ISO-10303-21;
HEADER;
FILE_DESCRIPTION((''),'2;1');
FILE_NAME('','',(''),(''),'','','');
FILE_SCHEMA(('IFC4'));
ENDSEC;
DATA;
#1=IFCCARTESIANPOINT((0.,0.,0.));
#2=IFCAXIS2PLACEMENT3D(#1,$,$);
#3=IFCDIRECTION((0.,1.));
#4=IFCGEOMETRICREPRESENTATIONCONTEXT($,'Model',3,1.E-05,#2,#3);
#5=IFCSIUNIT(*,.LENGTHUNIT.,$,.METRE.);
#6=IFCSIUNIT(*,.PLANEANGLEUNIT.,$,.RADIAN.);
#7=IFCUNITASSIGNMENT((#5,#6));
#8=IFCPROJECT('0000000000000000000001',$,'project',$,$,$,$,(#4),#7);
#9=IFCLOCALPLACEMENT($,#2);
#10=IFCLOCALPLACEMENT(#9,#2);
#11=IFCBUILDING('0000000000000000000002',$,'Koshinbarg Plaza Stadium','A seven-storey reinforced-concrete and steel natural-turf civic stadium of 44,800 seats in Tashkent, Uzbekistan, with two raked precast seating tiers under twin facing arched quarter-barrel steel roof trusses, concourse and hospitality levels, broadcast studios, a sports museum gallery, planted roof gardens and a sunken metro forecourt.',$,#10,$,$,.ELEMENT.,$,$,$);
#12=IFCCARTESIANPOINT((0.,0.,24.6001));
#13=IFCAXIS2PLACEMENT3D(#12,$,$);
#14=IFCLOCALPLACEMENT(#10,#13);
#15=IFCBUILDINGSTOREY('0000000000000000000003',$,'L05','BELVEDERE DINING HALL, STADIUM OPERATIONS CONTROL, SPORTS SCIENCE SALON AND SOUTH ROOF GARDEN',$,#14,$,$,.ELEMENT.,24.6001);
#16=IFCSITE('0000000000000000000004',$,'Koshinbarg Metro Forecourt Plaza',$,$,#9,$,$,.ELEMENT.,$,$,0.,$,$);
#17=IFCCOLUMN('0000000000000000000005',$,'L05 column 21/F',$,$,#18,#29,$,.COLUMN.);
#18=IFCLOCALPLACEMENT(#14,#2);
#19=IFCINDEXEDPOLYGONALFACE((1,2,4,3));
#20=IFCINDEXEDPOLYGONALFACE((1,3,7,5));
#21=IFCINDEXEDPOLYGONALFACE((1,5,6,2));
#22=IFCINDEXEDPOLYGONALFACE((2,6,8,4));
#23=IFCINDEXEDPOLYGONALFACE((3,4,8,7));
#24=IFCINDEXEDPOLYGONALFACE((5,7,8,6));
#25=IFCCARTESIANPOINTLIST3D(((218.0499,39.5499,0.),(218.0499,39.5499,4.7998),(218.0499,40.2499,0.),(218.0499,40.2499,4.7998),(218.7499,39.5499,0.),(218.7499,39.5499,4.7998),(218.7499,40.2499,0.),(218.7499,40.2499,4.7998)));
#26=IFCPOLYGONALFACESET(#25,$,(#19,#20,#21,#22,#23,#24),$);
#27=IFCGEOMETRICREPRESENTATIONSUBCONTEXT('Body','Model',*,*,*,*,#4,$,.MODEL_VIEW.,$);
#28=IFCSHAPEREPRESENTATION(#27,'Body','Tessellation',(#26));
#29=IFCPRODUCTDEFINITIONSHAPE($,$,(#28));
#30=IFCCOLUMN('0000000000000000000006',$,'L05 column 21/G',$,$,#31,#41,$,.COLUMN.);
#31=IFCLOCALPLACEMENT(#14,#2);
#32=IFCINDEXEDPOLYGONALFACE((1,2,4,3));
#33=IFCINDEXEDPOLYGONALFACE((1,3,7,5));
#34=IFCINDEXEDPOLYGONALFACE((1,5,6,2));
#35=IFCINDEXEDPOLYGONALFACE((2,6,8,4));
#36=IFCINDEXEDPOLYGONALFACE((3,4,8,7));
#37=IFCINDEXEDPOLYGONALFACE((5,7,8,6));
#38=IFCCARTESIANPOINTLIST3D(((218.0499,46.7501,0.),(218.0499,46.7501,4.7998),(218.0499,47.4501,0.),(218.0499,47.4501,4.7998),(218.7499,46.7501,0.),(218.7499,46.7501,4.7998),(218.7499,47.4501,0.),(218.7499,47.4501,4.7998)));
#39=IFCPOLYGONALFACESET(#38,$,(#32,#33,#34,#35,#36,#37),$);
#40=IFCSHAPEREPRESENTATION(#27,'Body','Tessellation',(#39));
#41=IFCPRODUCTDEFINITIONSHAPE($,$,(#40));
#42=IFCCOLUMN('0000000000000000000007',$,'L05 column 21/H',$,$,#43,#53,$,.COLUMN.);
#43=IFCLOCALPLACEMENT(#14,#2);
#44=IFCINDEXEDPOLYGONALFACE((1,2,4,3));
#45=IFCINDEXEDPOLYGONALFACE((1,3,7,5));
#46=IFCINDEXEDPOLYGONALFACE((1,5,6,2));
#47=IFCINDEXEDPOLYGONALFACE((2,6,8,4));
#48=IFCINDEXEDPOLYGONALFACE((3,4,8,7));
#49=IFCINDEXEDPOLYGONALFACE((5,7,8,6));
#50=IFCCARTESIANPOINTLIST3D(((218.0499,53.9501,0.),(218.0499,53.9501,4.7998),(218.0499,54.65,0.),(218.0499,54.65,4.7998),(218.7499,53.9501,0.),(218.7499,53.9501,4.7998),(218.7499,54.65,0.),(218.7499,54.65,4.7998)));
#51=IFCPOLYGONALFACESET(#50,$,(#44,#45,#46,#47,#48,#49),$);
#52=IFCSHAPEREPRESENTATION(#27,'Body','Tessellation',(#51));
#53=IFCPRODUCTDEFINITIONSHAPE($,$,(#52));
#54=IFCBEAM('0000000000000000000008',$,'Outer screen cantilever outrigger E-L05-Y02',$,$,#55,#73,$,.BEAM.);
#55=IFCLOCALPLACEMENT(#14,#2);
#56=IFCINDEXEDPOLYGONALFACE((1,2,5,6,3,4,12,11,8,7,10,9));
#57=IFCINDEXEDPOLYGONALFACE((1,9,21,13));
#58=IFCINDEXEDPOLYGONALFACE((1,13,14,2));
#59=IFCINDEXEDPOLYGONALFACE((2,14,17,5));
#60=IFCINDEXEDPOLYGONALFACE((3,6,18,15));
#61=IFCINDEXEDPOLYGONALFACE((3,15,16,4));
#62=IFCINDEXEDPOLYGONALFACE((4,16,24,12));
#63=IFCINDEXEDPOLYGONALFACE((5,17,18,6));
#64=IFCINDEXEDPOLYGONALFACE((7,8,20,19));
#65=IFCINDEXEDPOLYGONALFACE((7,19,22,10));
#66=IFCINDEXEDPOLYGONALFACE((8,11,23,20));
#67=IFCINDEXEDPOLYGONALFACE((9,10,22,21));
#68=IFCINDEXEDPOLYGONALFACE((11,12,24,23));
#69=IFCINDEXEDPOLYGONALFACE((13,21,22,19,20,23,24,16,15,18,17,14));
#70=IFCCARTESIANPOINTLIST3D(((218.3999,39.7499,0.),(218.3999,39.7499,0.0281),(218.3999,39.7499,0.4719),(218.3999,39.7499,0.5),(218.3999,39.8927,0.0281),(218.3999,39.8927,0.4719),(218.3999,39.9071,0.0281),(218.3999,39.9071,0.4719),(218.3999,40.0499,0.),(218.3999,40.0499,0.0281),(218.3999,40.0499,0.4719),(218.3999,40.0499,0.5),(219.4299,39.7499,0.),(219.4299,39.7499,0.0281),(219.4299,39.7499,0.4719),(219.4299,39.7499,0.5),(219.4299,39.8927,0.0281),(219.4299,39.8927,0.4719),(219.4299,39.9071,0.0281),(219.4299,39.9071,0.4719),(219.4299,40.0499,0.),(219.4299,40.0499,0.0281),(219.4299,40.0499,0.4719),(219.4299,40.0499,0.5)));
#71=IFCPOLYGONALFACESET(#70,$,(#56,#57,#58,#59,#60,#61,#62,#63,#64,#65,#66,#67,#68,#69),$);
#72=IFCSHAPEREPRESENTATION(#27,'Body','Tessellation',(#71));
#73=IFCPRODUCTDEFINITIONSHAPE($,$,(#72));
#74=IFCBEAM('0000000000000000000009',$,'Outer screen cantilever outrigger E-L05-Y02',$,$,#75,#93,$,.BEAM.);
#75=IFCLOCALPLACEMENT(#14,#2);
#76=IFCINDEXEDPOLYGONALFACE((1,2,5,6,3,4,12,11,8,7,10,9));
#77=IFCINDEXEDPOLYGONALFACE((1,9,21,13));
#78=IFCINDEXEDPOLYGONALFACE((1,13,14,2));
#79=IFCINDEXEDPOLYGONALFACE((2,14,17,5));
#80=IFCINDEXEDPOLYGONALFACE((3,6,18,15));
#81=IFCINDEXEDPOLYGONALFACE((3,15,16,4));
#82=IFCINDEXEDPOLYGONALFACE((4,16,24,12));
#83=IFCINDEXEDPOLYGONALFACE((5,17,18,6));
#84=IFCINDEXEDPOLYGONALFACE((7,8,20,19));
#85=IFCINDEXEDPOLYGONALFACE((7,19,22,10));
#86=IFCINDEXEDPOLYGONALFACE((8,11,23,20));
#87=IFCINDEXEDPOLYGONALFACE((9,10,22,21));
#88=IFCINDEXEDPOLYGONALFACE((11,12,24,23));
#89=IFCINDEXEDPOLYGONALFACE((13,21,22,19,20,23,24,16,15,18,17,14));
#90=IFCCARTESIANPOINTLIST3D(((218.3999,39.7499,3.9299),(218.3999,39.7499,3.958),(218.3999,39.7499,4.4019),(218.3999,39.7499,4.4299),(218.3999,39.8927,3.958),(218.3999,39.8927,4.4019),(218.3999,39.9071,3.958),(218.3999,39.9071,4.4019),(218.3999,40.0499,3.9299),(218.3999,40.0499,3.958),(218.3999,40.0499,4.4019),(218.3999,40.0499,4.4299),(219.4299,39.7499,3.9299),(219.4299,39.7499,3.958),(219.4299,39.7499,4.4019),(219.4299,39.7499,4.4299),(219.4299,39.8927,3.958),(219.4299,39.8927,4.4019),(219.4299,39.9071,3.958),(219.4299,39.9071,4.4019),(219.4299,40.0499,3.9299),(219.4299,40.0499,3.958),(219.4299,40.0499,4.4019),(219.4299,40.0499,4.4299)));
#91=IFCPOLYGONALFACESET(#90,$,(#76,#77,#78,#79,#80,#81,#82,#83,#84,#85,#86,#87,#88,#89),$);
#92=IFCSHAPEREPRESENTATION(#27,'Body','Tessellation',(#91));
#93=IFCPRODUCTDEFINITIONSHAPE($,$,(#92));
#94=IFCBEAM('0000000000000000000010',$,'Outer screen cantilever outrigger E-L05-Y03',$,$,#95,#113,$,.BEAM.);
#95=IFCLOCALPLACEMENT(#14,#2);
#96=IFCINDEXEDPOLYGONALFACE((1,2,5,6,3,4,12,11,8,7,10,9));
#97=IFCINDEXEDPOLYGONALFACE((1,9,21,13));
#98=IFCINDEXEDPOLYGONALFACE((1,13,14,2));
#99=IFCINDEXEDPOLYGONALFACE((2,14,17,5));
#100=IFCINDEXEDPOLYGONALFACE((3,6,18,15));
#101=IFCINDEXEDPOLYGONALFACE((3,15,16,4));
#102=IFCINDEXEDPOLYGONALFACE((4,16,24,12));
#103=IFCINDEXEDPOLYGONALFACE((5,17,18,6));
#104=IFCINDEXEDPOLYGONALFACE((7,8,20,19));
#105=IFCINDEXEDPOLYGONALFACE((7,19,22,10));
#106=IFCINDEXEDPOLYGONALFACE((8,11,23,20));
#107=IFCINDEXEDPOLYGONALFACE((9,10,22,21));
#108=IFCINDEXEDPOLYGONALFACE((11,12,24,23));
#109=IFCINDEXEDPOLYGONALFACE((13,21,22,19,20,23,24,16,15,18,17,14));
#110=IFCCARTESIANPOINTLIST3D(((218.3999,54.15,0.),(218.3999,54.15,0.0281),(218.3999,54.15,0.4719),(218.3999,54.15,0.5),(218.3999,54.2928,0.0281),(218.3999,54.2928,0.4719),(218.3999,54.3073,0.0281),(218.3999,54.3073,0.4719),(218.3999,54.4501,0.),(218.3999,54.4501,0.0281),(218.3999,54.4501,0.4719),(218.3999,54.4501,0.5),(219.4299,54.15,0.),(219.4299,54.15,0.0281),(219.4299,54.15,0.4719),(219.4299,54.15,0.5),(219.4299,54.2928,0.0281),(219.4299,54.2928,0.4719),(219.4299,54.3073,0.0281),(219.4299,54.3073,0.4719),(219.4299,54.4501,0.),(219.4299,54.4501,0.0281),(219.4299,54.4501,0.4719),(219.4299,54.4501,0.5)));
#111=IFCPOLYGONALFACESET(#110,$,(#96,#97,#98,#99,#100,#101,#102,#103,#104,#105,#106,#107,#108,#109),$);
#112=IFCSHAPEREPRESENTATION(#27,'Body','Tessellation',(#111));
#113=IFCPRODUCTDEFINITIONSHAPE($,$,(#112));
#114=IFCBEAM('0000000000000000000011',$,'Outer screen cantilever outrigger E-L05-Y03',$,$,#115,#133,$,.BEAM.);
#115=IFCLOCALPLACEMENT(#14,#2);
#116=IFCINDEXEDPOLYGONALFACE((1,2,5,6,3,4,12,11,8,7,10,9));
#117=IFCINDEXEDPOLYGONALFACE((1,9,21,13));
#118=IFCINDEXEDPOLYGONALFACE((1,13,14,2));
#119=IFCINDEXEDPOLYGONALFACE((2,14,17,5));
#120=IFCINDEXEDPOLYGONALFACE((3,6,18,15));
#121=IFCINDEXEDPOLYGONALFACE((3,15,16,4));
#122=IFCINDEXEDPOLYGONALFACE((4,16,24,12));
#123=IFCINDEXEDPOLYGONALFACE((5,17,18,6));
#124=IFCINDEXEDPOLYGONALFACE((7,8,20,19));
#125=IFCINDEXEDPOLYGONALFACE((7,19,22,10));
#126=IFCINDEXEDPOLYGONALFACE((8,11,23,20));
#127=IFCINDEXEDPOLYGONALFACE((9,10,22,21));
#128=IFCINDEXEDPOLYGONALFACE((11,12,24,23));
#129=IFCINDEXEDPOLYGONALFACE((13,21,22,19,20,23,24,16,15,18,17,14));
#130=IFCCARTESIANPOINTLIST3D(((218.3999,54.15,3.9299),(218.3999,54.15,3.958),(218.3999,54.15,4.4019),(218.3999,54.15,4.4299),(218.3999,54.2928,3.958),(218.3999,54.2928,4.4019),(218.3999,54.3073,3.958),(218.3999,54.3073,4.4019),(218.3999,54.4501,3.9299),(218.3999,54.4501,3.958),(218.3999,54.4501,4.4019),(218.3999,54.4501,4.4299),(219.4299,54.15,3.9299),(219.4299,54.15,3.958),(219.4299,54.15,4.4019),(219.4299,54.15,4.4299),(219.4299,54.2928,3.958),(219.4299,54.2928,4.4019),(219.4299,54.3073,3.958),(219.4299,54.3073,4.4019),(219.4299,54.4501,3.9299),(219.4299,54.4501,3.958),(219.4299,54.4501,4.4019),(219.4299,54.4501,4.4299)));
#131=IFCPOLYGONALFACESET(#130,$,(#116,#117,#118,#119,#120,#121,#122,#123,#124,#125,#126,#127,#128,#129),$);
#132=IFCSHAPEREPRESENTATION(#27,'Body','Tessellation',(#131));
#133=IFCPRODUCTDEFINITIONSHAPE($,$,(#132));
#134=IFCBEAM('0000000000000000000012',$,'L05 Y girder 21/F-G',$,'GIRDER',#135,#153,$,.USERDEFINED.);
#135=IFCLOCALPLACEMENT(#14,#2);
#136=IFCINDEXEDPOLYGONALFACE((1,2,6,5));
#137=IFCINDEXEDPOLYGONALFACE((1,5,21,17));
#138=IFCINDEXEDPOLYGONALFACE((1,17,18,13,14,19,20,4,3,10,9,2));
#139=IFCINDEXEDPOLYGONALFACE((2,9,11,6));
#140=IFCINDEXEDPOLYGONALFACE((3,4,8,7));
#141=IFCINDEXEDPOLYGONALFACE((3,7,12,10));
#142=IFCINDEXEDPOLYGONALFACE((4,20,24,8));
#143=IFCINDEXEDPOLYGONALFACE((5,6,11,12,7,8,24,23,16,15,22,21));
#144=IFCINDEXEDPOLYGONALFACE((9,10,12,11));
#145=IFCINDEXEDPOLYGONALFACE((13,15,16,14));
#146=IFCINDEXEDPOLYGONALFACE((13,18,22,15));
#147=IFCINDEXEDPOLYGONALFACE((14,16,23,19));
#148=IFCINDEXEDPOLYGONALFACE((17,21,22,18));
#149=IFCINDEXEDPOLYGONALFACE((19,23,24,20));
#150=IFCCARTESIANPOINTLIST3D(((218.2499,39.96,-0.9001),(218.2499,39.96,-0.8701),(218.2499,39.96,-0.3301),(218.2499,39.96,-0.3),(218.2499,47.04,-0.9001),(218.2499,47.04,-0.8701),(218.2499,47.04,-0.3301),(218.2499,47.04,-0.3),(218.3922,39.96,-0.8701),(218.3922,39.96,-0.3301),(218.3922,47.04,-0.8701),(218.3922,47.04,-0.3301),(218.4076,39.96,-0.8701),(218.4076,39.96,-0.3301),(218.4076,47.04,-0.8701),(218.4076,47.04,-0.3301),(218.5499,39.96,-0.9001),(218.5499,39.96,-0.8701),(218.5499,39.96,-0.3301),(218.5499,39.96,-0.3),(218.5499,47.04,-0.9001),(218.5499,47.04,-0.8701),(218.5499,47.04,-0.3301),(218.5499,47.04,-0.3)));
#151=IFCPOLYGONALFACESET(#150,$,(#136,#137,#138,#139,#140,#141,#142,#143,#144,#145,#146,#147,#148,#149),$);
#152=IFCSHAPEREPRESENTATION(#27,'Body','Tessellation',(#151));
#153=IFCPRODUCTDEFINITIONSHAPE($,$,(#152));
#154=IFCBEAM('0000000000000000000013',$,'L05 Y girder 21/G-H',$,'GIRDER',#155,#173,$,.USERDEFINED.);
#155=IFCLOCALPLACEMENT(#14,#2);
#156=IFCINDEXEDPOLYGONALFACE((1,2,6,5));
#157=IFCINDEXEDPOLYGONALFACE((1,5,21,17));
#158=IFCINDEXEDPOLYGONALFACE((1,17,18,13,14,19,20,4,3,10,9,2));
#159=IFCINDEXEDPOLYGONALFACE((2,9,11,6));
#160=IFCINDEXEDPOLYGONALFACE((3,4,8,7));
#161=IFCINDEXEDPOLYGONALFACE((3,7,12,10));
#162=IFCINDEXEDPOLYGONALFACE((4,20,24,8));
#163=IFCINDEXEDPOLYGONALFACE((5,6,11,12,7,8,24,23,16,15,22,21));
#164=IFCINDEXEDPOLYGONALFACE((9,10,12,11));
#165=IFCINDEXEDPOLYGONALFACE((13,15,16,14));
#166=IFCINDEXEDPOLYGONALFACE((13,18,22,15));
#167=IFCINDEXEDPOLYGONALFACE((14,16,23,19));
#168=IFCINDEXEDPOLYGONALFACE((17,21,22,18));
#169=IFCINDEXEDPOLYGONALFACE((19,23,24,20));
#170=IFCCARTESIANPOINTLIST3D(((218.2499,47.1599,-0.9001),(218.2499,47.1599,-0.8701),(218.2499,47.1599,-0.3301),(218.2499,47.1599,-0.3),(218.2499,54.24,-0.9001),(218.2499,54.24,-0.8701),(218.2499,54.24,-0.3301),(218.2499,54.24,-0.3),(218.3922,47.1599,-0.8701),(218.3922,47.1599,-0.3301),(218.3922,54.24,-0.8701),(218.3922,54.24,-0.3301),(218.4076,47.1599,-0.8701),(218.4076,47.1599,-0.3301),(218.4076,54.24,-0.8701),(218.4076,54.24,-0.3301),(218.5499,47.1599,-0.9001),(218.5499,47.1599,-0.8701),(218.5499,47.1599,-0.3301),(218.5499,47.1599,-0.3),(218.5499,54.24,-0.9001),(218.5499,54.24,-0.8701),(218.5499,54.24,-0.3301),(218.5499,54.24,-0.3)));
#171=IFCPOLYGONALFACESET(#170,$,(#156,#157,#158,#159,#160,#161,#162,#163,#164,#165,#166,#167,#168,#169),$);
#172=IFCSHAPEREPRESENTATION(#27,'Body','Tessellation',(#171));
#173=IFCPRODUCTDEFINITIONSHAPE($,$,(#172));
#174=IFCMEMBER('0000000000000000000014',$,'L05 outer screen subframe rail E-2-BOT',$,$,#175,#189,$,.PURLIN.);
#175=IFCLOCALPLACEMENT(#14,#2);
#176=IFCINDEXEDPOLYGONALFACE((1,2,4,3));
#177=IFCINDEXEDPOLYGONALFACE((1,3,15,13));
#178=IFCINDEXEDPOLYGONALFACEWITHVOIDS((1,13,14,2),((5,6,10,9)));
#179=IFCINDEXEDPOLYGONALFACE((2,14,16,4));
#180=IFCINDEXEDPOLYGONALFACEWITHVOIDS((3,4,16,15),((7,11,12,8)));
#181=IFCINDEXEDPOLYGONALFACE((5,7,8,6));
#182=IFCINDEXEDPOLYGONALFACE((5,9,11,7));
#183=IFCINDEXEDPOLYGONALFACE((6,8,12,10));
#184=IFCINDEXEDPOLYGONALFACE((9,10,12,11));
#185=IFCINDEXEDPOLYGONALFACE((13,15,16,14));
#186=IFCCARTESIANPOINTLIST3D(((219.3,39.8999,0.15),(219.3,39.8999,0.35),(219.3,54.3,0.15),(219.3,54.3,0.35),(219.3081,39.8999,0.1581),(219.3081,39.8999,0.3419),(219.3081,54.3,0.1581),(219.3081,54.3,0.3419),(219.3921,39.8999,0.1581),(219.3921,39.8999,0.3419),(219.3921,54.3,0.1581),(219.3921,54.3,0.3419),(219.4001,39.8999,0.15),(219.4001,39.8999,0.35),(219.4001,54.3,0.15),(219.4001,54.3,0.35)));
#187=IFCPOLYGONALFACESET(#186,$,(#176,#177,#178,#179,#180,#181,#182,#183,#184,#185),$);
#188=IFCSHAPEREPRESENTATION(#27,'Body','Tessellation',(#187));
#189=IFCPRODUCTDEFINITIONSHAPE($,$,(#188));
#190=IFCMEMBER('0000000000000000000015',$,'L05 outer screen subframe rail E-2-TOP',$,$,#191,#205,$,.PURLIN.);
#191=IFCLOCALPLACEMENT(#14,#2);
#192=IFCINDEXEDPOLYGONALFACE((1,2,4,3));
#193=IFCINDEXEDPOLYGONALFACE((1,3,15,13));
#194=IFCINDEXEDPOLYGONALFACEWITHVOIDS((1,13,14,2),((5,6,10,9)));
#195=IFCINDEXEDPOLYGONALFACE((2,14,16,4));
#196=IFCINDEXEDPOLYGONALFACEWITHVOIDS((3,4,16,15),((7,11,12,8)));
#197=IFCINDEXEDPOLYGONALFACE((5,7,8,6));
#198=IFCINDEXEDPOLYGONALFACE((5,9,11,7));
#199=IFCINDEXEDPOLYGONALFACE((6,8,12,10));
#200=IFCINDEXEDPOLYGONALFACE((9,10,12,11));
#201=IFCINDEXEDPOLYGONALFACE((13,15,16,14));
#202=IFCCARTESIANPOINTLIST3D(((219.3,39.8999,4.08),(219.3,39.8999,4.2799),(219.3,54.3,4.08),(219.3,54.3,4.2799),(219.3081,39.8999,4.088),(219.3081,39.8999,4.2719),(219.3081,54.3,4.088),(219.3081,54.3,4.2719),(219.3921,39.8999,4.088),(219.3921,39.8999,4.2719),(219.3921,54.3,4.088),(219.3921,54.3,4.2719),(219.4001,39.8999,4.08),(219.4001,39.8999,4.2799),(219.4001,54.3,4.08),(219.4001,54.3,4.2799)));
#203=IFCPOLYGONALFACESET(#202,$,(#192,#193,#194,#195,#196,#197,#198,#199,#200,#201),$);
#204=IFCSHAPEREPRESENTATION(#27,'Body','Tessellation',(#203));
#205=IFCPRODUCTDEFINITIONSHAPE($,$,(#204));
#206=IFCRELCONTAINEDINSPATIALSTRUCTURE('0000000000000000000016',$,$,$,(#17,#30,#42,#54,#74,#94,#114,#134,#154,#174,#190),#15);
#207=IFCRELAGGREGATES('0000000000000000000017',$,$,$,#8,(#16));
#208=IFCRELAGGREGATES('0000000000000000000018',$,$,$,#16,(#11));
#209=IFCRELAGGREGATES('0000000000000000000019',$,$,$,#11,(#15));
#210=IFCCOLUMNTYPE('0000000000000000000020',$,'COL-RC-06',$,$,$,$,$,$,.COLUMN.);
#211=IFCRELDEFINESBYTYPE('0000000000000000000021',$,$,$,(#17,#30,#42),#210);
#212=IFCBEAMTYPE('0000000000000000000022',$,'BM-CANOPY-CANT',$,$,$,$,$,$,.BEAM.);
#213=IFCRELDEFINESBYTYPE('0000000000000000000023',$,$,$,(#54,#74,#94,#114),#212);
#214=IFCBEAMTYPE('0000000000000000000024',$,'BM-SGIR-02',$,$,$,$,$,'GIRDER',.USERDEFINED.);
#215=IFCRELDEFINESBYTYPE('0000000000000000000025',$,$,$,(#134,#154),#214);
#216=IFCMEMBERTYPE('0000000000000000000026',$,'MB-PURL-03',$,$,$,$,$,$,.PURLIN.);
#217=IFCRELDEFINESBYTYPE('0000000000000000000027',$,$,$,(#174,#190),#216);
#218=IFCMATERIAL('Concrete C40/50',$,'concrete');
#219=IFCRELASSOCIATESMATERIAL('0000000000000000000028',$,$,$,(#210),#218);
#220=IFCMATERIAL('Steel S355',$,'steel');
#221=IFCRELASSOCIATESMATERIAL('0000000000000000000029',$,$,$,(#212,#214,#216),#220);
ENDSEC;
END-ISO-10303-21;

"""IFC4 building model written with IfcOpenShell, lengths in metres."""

from ifc_helpers import new_model, si_unit, direction, frame, origin, origin_2d, place, context, subcontext, project, spatial, rectangle, hollow_rectangle, i_section, extrude, material, material_profile, profile_set, type_object, element, save


model = new_model("IFC4")

# Units and contexts
model_context = context("Model", 3, precision=1e-05, world=origin(), true_north=direction((0.0, 1.0)))
body_context = subcontext(model_context, "Body", "Model", "MODEL_VIEW")
ifc_project = project(units=[si_unit("LENGTHUNIT", "METRE"), si_unit("PLANEANGLEUNIT", "RADIAN")], contexts=[model_context])

# Site, building, storey
site_placement = place(None, origin())
site = spatial("IfcSite", under=ifc_project, at=site_placement, Name="Koshinbarg Metro Forecourt Plaza", CompositionType="ELEMENT", RefElevation=0.0)
building_placement = place(site_placement, origin())
building = spatial("IfcBuilding", under=site, at=building_placement, Name="Koshinbarg Plaza Stadium", Description="A seven-storey reinforced-concrete and steel natural-turf civic stadium of 44,800 seats in Tashkent, Uzbekistan, with two raked precast seating tiers under twin facing arched quarter-barrel steel roof trusses, concourse and hospitality levels, broadcast studios, a sports museum gallery, planted roof gardens and a sunken metro forecourt.", CompositionType="ELEMENT")
storey_placement = place(building_placement, frame((0.0, 0.0, 24.6001)))
storey = spatial("IfcBuildingStorey", under=building, at=storey_placement, Name="L05", Description="BELVEDERE DINING HALL, STADIUM OPERATIONS CONTROL, SPORTS SCIENCE SALON AND SOUTH ROOF GARDEN", CompositionType="ELEMENT", Elevation=24.6001)

# Columns
ifc_material_1 = material(Name="Concrete C40/50", Category="concrete")
ifc_material_profile_1 = material_profile(ifc_material_1, rectangle(XDim=0.7, YDim=0.7, at=origin_2d()), Name="RC 700x700")
ifc_profile_set_1 = profile_set([ifc_material_profile_1], Name="Concrete C40/50")
column_type = type_object("IfcColumnType", Name="COL-RC-06", PredefinedType="COLUMN", material=ifc_profile_set_1)
for number, where, z_axis, x_axis, name in (
    (1, (218.3999, 39.8999, 0.0), (0.0, 0.0, 1.0), (1.0, 0.0, 0.0), "L05 column 21/F"),
    (2, (218.3999, 47.1001, 0.0), (0.0, 0.0, 1.0), (1.0, 0.0, 0.0), "L05 column 21/G"),
    (3, (218.3999, 54.3, 0.0), (0.0, 0.0, 1.0), (1.0, 0.0, 0.0), "L05 column 21/H"),
):
    element("IfcColumn", number, at=place(storey_placement, frame(where, z_axis=z_axis, x_axis=x_axis)), inside=storey, type_object=column_type, Name=name, PredefinedType="COLUMN", context=body_context, shape_type="SweptSolid", body=[
        extrude(rectangle(XDim=0.7, YDim=0.7, at=origin_2d()), origin(), (0.0, 0.0, 1.0), 4.7998),
    ])

# Beams
ifc_material_2 = material(Name="Steel S355", Category="steel")
ifc_material_profile_2 = material_profile(ifc_material_2, i_section(OverallWidth=0.3, OverallDepth=0.5, WebThickness=0.0144, FlangeThickness=0.0281, at=origin_2d()), Name="HEB 500")
ifc_profile_set_2 = profile_set([ifc_material_profile_2], Name="Steel S355")
beam_type_1 = type_object("IfcBeamType", Name="BM-CANOPY-CANT", PredefinedType="BEAM", material=ifc_profile_set_2)
for number, where, z_axis, x_axis, name in (
    (4, (218.3999, 39.8999, 0.25), (1.0, 0.0, 0.0), (0.0, 1.0, 0.0), "Outer screen cantilever outrigger E-L05-Y02"),
    (5, (218.3999, 39.8999, 4.1799), (1.0, 0.0, 0.0), (0.0, 1.0, 0.0), "Outer screen cantilever outrigger E-L05-Y02"),
    (6, (218.3999, 54.3, 0.25), (1.0, 0.0, 0.0), (0.0, 1.0, 0.0), "Outer screen cantilever outrigger E-L05-Y03"),
    (7, (218.3999, 54.3, 4.1799), (1.0, 0.0, 0.0), (0.0, 1.0, 0.0), "Outer screen cantilever outrigger E-L05-Y03"),
):
    element("IfcBeam", number, at=place(storey_placement, frame(where, z_axis=z_axis, x_axis=x_axis)), inside=storey, type_object=beam_type_1, Name=name, PredefinedType="BEAM", context=body_context, shape_type="SweptSolid", body=[
        extrude(i_section(OverallWidth=0.3, OverallDepth=0.5, WebThickness=0.0144, FlangeThickness=0.0281, at=origin_2d()), origin(), (0.0, 0.0, 1.0), 1.03),
    ])
ifc_material_profile_3 = material_profile(ifc_material_2, i_section(OverallWidth=0.3, OverallDepth=0.6001, WebThickness=0.0154, FlangeThickness=0.03, at=origin_2d()), Name="HEB 600")
ifc_profile_set_3 = profile_set([ifc_material_profile_3], Name="Steel S355")
beam_type_2 = type_object("IfcBeamType", Name="BM-SGIR-02", ElementType="GIRDER", PredefinedType="USERDEFINED", material=ifc_profile_set_3)
for number, where, z_axis, x_axis, name in (
    (8, (218.3999, 39.96, -0.6001), (0.0, 1.0, 0.0), (-1.0, 0.0, 0.0), "L05 Y girder 21/F-G"),
    (9, (218.3999, 47.1599, -0.6001), (0.0, 1.0, 0.0), (-1.0, 0.0, 0.0), "L05 Y girder 21/G-H"),
):
    element("IfcBeam", number, at=place(storey_placement, frame(where, z_axis=z_axis, x_axis=x_axis)), inside=storey, type_object=beam_type_2, Name=name, ObjectType="GIRDER", PredefinedType="USERDEFINED", context=body_context, shape_type="SweptSolid", body=[
        extrude(i_section(OverallWidth=0.3, OverallDepth=0.6001, WebThickness=0.0154, FlangeThickness=0.03, at=origin_2d()), origin(), (0.0, 0.0, 1.0), 7.0801),
    ])

# Members
ifc_material_profile_4 = material_profile(ifc_material_2, hollow_rectangle(XDim=0.1001, YDim=0.2, WallThickness=0.0081, at=origin_2d()), Name="RHS 200x100x8")
ifc_profile_set_4 = profile_set([ifc_material_profile_4], Name="Steel S355")
member_type = type_object("IfcMemberType", Name="MB-PURL-03", PredefinedType="PURLIN", material=ifc_profile_set_4)
for number, where, z_axis, x_axis, name in (
    (10, (219.3501, 39.8999, 0.25), (0.0, 1.0, 0.0), (-1.0, 0.0, 0.0), "L05 outer screen subframe rail E-2-BOT"),
    (11, (219.3501, 39.8999, 4.1799), (0.0, 1.0, 0.0), (-1.0, 0.0, 0.0), "L05 outer screen subframe rail E-2-TOP"),
):
    element("IfcMember", number, at=place(storey_placement, frame(where, z_axis=z_axis, x_axis=x_axis)), inside=storey, type_object=member_type, Name=name, PredefinedType="PURLIN", context=body_context, shape_type="SweptSolid", body=[
        extrude(hollow_rectangle(XDim=0.1001, YDim=0.2, WallThickness=0.0081, at=origin_2d()), origin(), (0.0, 0.0, 1.0), 14.4001),
    ])

save(model, "model.ifc")
